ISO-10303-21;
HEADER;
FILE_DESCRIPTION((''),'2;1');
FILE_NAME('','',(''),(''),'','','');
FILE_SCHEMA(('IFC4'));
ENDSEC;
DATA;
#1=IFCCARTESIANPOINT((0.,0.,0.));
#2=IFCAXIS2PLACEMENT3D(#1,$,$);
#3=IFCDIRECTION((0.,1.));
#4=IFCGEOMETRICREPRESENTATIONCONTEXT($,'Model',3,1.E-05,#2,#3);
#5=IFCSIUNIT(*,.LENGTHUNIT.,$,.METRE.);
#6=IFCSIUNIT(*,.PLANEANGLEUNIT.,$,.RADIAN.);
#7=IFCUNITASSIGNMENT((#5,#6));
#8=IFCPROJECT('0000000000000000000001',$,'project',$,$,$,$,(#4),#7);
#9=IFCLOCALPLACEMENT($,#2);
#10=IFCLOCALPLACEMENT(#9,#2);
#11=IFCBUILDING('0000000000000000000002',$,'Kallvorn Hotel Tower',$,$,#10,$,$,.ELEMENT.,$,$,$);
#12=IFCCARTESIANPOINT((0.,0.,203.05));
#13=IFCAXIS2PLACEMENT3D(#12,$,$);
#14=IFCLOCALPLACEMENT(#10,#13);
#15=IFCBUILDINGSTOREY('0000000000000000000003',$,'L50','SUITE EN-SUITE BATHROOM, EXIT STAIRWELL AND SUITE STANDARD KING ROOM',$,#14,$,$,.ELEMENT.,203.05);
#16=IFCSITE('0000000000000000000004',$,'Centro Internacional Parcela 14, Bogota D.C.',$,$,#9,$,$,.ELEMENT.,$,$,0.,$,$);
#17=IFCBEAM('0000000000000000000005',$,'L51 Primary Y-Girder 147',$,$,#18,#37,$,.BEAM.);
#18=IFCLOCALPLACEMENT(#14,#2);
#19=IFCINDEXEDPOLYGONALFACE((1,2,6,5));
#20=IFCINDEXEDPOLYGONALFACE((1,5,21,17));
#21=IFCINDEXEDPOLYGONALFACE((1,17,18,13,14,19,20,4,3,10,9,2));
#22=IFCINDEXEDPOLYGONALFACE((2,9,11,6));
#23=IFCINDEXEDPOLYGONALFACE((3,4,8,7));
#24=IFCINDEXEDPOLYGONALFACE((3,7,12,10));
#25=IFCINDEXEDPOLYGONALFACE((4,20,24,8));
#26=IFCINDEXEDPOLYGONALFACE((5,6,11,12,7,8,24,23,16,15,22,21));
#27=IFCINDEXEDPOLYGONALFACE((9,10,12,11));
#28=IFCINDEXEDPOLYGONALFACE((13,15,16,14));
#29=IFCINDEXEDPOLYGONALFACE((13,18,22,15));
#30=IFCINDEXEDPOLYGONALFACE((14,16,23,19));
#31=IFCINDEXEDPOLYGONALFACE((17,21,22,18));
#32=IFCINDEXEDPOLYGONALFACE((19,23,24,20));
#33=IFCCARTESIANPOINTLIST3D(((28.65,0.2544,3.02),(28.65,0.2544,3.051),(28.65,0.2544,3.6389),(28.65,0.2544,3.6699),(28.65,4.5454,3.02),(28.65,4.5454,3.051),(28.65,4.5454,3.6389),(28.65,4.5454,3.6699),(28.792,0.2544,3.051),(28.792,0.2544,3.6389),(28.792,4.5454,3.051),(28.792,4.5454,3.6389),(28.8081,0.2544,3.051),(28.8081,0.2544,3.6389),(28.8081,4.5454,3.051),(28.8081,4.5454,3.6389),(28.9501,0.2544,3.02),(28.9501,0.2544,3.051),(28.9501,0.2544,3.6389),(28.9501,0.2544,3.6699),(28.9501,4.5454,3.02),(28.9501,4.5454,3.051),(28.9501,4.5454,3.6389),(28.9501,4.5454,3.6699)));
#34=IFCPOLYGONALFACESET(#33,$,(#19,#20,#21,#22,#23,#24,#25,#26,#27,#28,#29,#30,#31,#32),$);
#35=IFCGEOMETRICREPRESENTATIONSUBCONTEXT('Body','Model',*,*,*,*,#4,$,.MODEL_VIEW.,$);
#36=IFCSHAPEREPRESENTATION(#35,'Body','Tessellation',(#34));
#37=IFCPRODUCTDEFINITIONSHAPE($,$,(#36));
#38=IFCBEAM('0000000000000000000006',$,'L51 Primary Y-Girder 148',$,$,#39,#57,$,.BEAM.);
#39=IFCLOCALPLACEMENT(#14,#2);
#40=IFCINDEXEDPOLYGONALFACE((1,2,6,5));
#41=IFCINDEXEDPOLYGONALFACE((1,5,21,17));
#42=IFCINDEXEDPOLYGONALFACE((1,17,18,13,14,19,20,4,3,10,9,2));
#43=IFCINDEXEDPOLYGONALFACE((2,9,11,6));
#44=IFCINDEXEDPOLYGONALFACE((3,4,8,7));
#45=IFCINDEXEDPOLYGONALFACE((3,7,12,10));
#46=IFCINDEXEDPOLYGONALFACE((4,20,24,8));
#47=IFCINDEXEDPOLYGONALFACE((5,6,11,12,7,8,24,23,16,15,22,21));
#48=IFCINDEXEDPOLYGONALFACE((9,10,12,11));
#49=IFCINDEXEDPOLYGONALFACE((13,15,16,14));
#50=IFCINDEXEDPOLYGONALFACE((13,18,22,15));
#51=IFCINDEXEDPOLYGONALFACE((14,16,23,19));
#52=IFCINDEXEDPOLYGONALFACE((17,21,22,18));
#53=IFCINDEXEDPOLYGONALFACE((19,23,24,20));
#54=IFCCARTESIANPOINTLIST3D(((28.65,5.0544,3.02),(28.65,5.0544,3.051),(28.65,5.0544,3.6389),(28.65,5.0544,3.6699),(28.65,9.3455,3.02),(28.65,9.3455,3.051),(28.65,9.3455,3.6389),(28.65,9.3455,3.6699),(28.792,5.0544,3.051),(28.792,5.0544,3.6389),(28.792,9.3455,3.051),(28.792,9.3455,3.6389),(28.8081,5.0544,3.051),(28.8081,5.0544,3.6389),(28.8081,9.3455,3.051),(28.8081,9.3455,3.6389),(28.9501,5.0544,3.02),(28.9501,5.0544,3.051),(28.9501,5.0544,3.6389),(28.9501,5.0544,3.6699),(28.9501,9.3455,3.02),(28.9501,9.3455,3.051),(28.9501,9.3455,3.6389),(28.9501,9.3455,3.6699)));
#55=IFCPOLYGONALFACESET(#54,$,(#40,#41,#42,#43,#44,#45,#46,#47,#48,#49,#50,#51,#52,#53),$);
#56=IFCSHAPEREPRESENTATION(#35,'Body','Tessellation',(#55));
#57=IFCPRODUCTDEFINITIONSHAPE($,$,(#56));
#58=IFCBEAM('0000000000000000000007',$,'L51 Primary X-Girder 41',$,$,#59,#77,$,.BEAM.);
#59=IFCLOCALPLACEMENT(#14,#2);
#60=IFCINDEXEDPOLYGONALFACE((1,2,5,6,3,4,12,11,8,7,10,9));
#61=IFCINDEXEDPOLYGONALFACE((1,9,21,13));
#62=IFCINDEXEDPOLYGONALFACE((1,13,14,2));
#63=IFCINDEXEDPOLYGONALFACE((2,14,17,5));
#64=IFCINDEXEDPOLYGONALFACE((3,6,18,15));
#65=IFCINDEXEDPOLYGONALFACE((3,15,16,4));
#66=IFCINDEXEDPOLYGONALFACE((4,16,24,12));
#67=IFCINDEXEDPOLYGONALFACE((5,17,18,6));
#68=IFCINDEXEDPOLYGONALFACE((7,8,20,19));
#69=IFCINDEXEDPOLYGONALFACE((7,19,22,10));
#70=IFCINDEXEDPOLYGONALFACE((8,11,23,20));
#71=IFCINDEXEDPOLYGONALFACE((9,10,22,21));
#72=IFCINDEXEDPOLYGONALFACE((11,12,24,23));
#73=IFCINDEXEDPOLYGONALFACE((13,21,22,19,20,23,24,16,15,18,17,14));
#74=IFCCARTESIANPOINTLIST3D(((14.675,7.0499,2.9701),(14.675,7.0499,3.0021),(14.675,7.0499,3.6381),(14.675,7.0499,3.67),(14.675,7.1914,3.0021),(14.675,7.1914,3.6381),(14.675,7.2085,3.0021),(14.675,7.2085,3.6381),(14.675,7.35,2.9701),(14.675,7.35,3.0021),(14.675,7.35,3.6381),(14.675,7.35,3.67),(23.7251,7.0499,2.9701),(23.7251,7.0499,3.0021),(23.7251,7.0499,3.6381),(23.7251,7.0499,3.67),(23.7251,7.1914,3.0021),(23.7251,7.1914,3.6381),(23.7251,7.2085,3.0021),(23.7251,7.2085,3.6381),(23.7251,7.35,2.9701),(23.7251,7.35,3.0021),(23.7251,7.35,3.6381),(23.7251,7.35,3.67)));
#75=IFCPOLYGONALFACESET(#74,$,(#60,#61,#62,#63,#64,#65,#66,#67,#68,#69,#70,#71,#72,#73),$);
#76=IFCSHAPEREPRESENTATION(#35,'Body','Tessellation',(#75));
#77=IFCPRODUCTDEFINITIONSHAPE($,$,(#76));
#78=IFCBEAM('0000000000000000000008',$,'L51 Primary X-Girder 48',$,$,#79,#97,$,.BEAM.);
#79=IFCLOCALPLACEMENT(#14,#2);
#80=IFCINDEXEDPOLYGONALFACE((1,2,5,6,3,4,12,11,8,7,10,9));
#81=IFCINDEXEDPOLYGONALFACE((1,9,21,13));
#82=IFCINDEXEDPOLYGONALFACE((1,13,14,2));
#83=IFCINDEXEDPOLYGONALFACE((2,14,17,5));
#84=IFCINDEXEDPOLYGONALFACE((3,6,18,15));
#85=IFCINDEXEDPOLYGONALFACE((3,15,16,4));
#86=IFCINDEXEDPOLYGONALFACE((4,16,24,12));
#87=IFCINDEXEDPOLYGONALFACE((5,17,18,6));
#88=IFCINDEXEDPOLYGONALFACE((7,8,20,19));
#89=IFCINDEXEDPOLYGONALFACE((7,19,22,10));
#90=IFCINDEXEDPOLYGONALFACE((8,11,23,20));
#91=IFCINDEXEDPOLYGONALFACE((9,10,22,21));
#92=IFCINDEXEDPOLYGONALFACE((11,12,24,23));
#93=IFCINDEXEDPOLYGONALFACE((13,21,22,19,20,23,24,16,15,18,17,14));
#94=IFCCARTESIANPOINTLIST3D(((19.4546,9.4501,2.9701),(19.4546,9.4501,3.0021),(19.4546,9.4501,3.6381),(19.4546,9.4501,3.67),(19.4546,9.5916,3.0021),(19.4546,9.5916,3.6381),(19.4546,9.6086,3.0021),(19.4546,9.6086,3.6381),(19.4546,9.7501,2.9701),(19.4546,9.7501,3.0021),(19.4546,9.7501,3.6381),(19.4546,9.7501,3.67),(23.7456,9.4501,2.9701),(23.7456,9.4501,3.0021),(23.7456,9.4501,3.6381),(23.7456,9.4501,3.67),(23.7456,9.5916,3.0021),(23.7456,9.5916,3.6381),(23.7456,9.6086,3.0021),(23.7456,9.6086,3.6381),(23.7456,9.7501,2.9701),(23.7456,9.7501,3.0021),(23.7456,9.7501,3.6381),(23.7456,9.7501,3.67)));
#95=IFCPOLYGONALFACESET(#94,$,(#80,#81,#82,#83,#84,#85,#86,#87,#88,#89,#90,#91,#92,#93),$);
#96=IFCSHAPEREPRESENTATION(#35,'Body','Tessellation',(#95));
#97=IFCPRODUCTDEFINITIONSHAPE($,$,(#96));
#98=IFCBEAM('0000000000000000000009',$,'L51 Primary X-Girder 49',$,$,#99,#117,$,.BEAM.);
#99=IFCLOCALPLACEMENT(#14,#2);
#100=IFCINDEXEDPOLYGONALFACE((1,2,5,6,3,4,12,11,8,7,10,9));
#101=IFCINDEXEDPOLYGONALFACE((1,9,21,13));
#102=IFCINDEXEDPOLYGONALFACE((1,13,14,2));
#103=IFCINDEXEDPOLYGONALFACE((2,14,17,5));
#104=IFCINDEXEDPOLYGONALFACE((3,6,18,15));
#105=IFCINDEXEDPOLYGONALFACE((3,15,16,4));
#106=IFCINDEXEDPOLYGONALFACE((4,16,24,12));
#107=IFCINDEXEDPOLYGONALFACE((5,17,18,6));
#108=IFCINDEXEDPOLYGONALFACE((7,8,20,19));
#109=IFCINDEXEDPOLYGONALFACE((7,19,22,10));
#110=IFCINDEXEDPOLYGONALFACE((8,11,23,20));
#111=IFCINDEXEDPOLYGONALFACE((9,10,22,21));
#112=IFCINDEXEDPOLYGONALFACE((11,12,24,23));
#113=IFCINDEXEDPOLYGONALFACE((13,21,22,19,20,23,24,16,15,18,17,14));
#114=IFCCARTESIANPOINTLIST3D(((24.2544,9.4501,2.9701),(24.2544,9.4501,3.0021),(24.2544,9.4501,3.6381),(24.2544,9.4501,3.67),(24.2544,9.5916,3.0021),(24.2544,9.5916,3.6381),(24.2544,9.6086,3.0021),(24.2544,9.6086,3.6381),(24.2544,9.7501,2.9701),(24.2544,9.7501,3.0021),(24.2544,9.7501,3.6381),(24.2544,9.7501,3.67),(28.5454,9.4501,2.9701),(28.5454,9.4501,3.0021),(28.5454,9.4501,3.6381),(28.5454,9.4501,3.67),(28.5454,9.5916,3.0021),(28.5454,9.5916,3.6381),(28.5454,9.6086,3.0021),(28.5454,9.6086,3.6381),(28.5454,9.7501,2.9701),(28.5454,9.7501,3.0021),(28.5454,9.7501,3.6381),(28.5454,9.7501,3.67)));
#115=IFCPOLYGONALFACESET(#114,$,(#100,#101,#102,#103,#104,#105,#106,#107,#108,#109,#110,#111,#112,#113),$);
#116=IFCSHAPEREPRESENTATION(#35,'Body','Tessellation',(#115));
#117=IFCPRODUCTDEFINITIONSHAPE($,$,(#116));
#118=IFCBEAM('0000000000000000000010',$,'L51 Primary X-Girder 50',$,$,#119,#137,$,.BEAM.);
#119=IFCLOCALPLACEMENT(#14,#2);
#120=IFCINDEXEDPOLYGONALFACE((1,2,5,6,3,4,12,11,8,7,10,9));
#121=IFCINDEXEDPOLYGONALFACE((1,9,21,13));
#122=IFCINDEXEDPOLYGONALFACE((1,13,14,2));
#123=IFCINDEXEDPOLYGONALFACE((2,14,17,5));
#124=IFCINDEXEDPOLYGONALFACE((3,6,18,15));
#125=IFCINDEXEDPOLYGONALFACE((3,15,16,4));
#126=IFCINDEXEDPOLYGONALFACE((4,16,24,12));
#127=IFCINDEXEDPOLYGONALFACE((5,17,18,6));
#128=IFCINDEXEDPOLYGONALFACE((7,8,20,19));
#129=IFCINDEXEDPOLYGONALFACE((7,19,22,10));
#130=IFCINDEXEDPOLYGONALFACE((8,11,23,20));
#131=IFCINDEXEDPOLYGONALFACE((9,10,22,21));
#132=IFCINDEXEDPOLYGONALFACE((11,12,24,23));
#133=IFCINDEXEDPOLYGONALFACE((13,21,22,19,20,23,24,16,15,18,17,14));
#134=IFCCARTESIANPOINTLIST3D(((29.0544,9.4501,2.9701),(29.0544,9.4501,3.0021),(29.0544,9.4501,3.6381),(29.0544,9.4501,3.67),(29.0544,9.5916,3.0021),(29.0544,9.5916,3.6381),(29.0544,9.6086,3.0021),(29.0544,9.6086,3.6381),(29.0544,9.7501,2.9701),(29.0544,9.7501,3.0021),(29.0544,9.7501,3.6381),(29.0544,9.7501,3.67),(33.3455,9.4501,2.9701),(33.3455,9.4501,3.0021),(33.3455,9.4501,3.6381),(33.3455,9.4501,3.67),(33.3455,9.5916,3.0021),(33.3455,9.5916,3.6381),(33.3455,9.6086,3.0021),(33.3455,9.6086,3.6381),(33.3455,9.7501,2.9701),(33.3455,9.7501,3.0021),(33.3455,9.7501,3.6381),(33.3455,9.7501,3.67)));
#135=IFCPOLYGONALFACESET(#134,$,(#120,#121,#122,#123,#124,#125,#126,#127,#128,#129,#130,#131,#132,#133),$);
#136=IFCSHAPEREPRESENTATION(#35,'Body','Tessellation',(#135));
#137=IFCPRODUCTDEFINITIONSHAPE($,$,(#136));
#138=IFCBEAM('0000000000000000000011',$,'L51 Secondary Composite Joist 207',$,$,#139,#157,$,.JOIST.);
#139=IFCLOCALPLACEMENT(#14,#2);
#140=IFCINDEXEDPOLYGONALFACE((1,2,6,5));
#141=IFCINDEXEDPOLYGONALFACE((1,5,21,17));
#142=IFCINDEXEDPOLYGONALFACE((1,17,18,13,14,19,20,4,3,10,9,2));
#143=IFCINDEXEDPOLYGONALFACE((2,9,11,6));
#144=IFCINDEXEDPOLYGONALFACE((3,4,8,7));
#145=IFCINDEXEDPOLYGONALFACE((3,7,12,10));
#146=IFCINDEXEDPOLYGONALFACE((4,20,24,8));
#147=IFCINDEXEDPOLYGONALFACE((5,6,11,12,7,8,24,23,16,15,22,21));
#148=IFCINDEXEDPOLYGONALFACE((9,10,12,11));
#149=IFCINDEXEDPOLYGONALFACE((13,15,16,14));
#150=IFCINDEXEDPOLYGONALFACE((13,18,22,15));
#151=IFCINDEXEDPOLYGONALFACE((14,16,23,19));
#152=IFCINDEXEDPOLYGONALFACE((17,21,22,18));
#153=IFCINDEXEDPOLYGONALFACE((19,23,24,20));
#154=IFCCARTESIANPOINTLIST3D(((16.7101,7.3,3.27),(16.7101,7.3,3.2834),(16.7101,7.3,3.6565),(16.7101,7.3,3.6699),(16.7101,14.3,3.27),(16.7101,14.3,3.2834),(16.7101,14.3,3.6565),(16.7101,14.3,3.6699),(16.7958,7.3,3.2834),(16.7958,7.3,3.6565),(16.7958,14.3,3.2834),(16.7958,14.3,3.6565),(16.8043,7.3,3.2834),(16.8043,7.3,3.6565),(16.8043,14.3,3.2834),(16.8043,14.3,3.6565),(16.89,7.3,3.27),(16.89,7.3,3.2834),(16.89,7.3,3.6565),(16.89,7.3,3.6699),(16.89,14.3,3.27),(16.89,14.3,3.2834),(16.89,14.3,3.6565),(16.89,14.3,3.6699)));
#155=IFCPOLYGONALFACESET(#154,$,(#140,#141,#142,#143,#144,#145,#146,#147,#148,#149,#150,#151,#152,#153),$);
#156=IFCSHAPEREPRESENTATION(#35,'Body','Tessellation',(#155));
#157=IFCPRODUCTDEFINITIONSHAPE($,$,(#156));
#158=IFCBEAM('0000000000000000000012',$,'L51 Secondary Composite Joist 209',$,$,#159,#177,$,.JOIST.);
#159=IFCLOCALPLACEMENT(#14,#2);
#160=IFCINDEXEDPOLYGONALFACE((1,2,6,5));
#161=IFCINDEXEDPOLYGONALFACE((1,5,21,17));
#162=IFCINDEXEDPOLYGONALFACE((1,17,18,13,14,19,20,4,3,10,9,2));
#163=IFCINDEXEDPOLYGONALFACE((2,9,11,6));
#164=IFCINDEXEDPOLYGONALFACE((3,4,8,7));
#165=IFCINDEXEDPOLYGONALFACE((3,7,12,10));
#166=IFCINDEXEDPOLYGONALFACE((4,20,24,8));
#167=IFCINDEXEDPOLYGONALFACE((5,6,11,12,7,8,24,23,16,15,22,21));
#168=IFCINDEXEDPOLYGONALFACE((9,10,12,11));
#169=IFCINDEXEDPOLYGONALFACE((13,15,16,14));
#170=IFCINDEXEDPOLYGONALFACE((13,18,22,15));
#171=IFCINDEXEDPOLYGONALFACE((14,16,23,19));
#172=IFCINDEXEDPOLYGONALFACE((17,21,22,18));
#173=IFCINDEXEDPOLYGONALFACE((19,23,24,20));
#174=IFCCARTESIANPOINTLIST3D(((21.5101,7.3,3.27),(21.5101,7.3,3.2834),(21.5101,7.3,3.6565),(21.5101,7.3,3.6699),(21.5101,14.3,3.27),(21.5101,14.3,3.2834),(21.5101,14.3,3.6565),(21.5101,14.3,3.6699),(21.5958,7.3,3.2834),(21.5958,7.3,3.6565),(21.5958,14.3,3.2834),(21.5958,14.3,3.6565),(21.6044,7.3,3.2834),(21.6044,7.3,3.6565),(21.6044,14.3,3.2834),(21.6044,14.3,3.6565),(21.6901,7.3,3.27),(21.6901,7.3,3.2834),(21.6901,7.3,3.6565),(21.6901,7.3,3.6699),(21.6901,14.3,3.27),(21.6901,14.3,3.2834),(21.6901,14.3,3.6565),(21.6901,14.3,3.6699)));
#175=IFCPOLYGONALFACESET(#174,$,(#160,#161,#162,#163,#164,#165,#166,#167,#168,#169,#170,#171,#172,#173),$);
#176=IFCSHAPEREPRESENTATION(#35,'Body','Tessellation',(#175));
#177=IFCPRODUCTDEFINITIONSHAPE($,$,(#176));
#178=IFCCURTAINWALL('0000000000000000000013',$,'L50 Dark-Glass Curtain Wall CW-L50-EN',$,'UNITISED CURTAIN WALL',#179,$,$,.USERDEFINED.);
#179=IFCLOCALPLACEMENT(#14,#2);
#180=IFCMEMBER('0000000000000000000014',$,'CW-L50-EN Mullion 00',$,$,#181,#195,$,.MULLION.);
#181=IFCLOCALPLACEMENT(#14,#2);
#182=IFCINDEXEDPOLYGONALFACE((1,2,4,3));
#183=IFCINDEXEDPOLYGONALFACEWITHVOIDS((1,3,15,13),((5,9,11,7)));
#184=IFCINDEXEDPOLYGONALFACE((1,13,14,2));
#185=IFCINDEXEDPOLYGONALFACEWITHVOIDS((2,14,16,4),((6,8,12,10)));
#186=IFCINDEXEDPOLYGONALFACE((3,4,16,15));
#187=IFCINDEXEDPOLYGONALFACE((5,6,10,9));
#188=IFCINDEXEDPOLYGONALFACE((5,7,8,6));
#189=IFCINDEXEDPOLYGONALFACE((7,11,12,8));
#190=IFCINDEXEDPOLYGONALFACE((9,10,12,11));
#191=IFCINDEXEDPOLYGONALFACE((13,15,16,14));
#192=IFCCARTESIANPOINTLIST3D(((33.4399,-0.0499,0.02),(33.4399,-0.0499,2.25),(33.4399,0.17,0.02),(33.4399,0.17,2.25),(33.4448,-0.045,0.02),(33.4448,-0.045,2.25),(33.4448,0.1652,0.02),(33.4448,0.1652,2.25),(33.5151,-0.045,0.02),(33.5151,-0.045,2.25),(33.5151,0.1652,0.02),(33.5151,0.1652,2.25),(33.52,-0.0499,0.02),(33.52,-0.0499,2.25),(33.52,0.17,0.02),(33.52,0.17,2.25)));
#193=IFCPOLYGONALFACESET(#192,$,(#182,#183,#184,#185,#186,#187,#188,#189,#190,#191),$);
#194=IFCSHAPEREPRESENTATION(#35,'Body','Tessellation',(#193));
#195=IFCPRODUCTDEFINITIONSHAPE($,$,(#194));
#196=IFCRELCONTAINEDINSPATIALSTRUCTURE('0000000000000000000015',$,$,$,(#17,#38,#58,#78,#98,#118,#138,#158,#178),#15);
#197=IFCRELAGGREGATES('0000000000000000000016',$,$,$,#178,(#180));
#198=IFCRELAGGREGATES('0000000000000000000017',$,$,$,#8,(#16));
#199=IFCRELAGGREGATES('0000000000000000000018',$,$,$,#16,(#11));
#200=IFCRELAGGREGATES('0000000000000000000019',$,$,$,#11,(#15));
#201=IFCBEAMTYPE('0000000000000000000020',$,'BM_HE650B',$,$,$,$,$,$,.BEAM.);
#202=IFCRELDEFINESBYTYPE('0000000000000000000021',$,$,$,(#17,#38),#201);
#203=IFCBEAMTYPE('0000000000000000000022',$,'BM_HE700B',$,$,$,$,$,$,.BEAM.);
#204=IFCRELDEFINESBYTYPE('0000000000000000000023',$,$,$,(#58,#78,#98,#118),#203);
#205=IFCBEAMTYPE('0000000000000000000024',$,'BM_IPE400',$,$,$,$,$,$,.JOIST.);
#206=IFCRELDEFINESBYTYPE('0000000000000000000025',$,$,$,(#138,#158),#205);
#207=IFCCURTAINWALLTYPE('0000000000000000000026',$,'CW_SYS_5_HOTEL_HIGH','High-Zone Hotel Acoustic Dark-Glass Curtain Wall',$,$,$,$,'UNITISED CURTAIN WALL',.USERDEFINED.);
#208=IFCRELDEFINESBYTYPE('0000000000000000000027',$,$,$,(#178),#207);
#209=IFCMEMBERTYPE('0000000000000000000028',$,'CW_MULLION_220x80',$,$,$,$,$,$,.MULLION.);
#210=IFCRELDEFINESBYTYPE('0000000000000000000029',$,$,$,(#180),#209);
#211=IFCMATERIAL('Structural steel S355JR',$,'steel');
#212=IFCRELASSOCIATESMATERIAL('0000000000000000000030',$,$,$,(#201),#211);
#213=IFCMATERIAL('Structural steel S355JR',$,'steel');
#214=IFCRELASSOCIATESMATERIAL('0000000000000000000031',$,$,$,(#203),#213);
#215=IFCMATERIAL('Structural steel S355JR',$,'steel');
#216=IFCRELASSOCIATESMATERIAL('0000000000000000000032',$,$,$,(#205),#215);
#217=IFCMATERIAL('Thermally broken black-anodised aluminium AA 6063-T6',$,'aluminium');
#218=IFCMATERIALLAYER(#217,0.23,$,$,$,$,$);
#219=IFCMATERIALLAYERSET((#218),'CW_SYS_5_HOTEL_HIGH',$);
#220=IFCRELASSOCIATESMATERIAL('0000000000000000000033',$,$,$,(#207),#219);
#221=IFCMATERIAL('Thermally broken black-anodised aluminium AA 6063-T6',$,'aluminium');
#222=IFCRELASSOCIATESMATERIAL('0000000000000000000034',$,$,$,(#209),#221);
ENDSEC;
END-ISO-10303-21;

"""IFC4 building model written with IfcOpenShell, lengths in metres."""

from ifc_helpers import new_model, si_unit, direction, frame, origin, origin_2d, place, context, subcontext, project, spatial, hollow_rectangle, i_section, extrude, material, layer, layer_set, material_profile, profile_set, type_object, element, aggregate, save


model = new_model("IFC4")

# Units and contexts
model_context = context("Model", 3, precision=1e-05, world=origin(), true_north=direction((0.0, 1.0)))
body_context = subcontext(model_context, "Body", "Model", "MODEL_VIEW")
ifc_project = project(units=[si_unit("LENGTHUNIT", "METRE"), si_unit("PLANEANGLEUNIT", "RADIAN")], contexts=[model_context])

# Site, building, storey
site_placement = place(None, origin())
site = spatial("IfcSite", under=ifc_project, at=site_placement, Name="Centro Internacional Parcela 14, Bogota D.C.", CompositionType="ELEMENT", RefElevation=0.0)
building_placement = place(site_placement, origin())
building = spatial("IfcBuilding", under=site, at=building_placement, Name="Kallvorn Hotel Tower", CompositionType="ELEMENT")
storey_placement = place(building_placement, frame((0.0, 0.0, 203.05)))
storey = spatial("IfcBuildingStorey", under=building, at=storey_placement, Name="L50", Description="SUITE EN-SUITE BATHROOM, EXIT STAIRWELL AND SUITE STANDARD KING ROOM", CompositionType="ELEMENT", Elevation=203.05)

# Beams
ifc_material_1 = material(Name="Structural steel S355JR", Category="steel")
ifc_material_profile_1 = material_profile(ifc_material_1, i_section(OverallWidth=0.3, OverallDepth=0.6499, WebThickness=0.0161, FlangeThickness=0.031, at=origin_2d()), Name="HE 650 B")
ifc_profile_set_1 = profile_set([ifc_material_profile_1], Name="Structural steel S355JR")
beam_type_1 = type_object("IfcBeamType", Name="BM_HE650B", PredefinedType="BEAM", material=ifc_profile_set_1)
for number, where, z_axis, x_axis, name in (
    (1, (28.8, 0.2544, 3.345), (0.0, 1.0, 0.0), (-1.0, 0.0, 0.0), "L51 Primary Y-Girder 147"),
    (2, (28.8, 5.0544, 3.345), (0.0, 1.0, 0.0), (-1.0, 0.0, 0.0), "L51 Primary Y-Girder 148"),
):
    element("IfcBeam", number, at=place(storey_placement, frame(where, z_axis=z_axis, x_axis=x_axis)), inside=storey, type_object=beam_type_1, Name=name, PredefinedType="BEAM", context=body_context, shape_type="SweptSolid", body=[
        extrude(i_section(OverallWidth=0.3, OverallDepth=0.6499, WebThickness=0.0161, FlangeThickness=0.031, at=origin_2d()), origin(), (0.0, 0.0, 1.0), 4.291),
    ])
ifc_material_2 = material(Name="Structural steel S355JR", Category="steel")
ifc_material_profile_2 = material_profile(ifc_material_2, i_section(OverallWidth=0.3, OverallDepth=0.7, WebThickness=0.0171, FlangeThickness=0.032, at=origin_2d()), Name="HE 700 B")
ifc_profile_set_2 = profile_set([ifc_material_profile_2], Name="Structural steel S355JR")
beam_type_2 = type_object("IfcBeamType", Name="BM_HE700B", PredefinedType="BEAM", material=ifc_profile_set_2)
beam_1_placement = place(storey_placement, frame((14.675, 7.2, 3.3201), z_axis=(1.0, 0.0, 0.0), x_axis=(0.0, 1.0, 0.0)))
element("IfcBeam", 3, at=beam_1_placement, inside=storey, type_object=beam_type_2, Name="L51 Primary X-Girder 41", PredefinedType="BEAM", context=body_context, shape_type="SweptSolid", body=[
    extrude(i_section(OverallWidth=0.3, OverallDepth=0.7, WebThickness=0.0171, FlangeThickness=0.032, at=origin_2d()), origin(), (0.0, 0.0, 1.0), 9.05),
])
for number, where, z_axis, x_axis, name in (
    (4, (19.4546, 9.6001, 3.3201), (1.0, 0.0, 0.0), (0.0, 1.0, 0.0), "L51 Primary X-Girder 48"),
    (5, (24.2544, 9.6001, 3.3201), (1.0, 0.0, 0.0), (0.0, 1.0, 0.0), "L51 Primary X-Girder 49"),
    (6, (29.0544, 9.6001, 3.3201), (1.0, 0.0, 0.0), (0.0, 1.0, 0.0), "L51 Primary X-Girder 50"),
):
    element("IfcBeam", number, at=place(storey_placement, frame(where, z_axis=z_axis, x_axis=x_axis)), inside=storey, type_object=beam_type_2, Name=name, PredefinedType="BEAM", context=body_context, shape_type="SweptSolid", body=[
        extrude(i_section(OverallWidth=0.3, OverallDepth=0.7, WebThickness=0.0171, FlangeThickness=0.032, at=origin_2d()), origin(), (0.0, 0.0, 1.0), 4.291),
    ])
ifc_material_3 = material(Name="Structural steel S355JR", Category="steel")
ifc_material_profile_3 = material_profile(ifc_material_3, i_section(OverallWidth=0.1799, OverallDepth=0.3999, WebThickness=0.0085, FlangeThickness=0.0134, at=origin_2d()), Name="IPE 400")
ifc_profile_set_3 = profile_set([ifc_material_profile_3], Name="Structural steel S355JR")
beam_type_3 = type_object("IfcBeamType", Name="BM_IPE400", PredefinedType="JOIST", material=ifc_profile_set_3)
for number, where, z_axis, x_axis, name in (
    (7, (16.8, 7.3, 3.47), (0.0, 1.0, 0.0), (-1.0, 0.0, 0.0), "L51 Secondary Composite Joist 207"),
    (8, (21.6001, 7.3, 3.47), (0.0, 1.0, 0.0), (-1.0, 0.0, 0.0), "L51 Secondary Composite Joist 209"),
):
    element("IfcBeam", number, at=place(storey_placement, frame(where, z_axis=z_axis, x_axis=x_axis)), inside=storey, type_object=beam_type_3, Name=name, PredefinedType="JOIST", context=body_context, shape_type="SweptSolid", body=[
        extrude(i_section(OverallWidth=0.1799, OverallDepth=0.3999, WebThickness=0.0085, FlangeThickness=0.0134, at=origin_2d()), origin(), (0.0, 0.0, 1.0), 7.0),
    ])

# Curtain wall, member
ifc_material_4 = material(Name="Thermally broken black-anodised aluminium AA 6063-T6", Category="aluminium")
ifc_layer_1 = layer(ifc_material_4, 0.23)
ifc_layer_set_1 = layer_set([ifc_layer_1], Name="CW_SYS_5_HOTEL_HIGH")
curtain_wall_type = type_object("IfcCurtainWallType", Name="CW_SYS_5_HOTEL_HIGH", Description="High-Zone Hotel Acoustic Dark-Glass Curtain Wall", ElementType="UNITISED CURTAIN WALL", PredefinedType="USERDEFINED", material=ifc_layer_set_1)
curtain_wall_placement = place(storey_placement, origin())
curtain_wall = element("IfcCurtainWall", 9, at=curtain_wall_placement, inside=storey, type_object=curtain_wall_type, Name="L50 Dark-Glass Curtain Wall CW-L50-EN", ObjectType="UNITISED CURTAIN WALL", PredefinedType="USERDEFINED")
ifc_material_5 = material(Name="Thermally broken black-anodised aluminium AA 6063-T6", Category="aluminium")
ifc_material_profile_4 = material_profile(ifc_material_5, hollow_rectangle(XDim=0.0801, YDim=0.22, WallThickness=0.0049, at=origin_2d()), Name="MUL 220x80")
ifc_profile_set_4 = profile_set([ifc_material_profile_4], Name="Thermally broken black-anodised aluminium AA 6063-T6")
member_type_1 = type_object("IfcMemberType", Name="CW_MULLION_220x80", PredefinedType="MULLION", material=ifc_profile_set_4)
member_1_placement = place(storey_placement, frame((33.48, 0.0601, 0.02), z_axis=(0.0, 0.0, 1.0), x_axis=(1.0, 0.0, 0.0)))
member_1 = element("IfcMember", 10, at=member_1_placement, type_object=member_type_1, Name="CW-L50-EN Mullion 00", PredefinedType="MULLION", context=body_context, shape_type="SweptSolid", body=[
    extrude(hollow_rectangle(XDim=0.0801, YDim=0.22, WallThickness=0.0049, at=origin_2d()), origin(), (0.0, 0.0, 1.0), 2.23),
])
aggregate(curtain_wall, [member_1])

save(model, "model.ifc")
